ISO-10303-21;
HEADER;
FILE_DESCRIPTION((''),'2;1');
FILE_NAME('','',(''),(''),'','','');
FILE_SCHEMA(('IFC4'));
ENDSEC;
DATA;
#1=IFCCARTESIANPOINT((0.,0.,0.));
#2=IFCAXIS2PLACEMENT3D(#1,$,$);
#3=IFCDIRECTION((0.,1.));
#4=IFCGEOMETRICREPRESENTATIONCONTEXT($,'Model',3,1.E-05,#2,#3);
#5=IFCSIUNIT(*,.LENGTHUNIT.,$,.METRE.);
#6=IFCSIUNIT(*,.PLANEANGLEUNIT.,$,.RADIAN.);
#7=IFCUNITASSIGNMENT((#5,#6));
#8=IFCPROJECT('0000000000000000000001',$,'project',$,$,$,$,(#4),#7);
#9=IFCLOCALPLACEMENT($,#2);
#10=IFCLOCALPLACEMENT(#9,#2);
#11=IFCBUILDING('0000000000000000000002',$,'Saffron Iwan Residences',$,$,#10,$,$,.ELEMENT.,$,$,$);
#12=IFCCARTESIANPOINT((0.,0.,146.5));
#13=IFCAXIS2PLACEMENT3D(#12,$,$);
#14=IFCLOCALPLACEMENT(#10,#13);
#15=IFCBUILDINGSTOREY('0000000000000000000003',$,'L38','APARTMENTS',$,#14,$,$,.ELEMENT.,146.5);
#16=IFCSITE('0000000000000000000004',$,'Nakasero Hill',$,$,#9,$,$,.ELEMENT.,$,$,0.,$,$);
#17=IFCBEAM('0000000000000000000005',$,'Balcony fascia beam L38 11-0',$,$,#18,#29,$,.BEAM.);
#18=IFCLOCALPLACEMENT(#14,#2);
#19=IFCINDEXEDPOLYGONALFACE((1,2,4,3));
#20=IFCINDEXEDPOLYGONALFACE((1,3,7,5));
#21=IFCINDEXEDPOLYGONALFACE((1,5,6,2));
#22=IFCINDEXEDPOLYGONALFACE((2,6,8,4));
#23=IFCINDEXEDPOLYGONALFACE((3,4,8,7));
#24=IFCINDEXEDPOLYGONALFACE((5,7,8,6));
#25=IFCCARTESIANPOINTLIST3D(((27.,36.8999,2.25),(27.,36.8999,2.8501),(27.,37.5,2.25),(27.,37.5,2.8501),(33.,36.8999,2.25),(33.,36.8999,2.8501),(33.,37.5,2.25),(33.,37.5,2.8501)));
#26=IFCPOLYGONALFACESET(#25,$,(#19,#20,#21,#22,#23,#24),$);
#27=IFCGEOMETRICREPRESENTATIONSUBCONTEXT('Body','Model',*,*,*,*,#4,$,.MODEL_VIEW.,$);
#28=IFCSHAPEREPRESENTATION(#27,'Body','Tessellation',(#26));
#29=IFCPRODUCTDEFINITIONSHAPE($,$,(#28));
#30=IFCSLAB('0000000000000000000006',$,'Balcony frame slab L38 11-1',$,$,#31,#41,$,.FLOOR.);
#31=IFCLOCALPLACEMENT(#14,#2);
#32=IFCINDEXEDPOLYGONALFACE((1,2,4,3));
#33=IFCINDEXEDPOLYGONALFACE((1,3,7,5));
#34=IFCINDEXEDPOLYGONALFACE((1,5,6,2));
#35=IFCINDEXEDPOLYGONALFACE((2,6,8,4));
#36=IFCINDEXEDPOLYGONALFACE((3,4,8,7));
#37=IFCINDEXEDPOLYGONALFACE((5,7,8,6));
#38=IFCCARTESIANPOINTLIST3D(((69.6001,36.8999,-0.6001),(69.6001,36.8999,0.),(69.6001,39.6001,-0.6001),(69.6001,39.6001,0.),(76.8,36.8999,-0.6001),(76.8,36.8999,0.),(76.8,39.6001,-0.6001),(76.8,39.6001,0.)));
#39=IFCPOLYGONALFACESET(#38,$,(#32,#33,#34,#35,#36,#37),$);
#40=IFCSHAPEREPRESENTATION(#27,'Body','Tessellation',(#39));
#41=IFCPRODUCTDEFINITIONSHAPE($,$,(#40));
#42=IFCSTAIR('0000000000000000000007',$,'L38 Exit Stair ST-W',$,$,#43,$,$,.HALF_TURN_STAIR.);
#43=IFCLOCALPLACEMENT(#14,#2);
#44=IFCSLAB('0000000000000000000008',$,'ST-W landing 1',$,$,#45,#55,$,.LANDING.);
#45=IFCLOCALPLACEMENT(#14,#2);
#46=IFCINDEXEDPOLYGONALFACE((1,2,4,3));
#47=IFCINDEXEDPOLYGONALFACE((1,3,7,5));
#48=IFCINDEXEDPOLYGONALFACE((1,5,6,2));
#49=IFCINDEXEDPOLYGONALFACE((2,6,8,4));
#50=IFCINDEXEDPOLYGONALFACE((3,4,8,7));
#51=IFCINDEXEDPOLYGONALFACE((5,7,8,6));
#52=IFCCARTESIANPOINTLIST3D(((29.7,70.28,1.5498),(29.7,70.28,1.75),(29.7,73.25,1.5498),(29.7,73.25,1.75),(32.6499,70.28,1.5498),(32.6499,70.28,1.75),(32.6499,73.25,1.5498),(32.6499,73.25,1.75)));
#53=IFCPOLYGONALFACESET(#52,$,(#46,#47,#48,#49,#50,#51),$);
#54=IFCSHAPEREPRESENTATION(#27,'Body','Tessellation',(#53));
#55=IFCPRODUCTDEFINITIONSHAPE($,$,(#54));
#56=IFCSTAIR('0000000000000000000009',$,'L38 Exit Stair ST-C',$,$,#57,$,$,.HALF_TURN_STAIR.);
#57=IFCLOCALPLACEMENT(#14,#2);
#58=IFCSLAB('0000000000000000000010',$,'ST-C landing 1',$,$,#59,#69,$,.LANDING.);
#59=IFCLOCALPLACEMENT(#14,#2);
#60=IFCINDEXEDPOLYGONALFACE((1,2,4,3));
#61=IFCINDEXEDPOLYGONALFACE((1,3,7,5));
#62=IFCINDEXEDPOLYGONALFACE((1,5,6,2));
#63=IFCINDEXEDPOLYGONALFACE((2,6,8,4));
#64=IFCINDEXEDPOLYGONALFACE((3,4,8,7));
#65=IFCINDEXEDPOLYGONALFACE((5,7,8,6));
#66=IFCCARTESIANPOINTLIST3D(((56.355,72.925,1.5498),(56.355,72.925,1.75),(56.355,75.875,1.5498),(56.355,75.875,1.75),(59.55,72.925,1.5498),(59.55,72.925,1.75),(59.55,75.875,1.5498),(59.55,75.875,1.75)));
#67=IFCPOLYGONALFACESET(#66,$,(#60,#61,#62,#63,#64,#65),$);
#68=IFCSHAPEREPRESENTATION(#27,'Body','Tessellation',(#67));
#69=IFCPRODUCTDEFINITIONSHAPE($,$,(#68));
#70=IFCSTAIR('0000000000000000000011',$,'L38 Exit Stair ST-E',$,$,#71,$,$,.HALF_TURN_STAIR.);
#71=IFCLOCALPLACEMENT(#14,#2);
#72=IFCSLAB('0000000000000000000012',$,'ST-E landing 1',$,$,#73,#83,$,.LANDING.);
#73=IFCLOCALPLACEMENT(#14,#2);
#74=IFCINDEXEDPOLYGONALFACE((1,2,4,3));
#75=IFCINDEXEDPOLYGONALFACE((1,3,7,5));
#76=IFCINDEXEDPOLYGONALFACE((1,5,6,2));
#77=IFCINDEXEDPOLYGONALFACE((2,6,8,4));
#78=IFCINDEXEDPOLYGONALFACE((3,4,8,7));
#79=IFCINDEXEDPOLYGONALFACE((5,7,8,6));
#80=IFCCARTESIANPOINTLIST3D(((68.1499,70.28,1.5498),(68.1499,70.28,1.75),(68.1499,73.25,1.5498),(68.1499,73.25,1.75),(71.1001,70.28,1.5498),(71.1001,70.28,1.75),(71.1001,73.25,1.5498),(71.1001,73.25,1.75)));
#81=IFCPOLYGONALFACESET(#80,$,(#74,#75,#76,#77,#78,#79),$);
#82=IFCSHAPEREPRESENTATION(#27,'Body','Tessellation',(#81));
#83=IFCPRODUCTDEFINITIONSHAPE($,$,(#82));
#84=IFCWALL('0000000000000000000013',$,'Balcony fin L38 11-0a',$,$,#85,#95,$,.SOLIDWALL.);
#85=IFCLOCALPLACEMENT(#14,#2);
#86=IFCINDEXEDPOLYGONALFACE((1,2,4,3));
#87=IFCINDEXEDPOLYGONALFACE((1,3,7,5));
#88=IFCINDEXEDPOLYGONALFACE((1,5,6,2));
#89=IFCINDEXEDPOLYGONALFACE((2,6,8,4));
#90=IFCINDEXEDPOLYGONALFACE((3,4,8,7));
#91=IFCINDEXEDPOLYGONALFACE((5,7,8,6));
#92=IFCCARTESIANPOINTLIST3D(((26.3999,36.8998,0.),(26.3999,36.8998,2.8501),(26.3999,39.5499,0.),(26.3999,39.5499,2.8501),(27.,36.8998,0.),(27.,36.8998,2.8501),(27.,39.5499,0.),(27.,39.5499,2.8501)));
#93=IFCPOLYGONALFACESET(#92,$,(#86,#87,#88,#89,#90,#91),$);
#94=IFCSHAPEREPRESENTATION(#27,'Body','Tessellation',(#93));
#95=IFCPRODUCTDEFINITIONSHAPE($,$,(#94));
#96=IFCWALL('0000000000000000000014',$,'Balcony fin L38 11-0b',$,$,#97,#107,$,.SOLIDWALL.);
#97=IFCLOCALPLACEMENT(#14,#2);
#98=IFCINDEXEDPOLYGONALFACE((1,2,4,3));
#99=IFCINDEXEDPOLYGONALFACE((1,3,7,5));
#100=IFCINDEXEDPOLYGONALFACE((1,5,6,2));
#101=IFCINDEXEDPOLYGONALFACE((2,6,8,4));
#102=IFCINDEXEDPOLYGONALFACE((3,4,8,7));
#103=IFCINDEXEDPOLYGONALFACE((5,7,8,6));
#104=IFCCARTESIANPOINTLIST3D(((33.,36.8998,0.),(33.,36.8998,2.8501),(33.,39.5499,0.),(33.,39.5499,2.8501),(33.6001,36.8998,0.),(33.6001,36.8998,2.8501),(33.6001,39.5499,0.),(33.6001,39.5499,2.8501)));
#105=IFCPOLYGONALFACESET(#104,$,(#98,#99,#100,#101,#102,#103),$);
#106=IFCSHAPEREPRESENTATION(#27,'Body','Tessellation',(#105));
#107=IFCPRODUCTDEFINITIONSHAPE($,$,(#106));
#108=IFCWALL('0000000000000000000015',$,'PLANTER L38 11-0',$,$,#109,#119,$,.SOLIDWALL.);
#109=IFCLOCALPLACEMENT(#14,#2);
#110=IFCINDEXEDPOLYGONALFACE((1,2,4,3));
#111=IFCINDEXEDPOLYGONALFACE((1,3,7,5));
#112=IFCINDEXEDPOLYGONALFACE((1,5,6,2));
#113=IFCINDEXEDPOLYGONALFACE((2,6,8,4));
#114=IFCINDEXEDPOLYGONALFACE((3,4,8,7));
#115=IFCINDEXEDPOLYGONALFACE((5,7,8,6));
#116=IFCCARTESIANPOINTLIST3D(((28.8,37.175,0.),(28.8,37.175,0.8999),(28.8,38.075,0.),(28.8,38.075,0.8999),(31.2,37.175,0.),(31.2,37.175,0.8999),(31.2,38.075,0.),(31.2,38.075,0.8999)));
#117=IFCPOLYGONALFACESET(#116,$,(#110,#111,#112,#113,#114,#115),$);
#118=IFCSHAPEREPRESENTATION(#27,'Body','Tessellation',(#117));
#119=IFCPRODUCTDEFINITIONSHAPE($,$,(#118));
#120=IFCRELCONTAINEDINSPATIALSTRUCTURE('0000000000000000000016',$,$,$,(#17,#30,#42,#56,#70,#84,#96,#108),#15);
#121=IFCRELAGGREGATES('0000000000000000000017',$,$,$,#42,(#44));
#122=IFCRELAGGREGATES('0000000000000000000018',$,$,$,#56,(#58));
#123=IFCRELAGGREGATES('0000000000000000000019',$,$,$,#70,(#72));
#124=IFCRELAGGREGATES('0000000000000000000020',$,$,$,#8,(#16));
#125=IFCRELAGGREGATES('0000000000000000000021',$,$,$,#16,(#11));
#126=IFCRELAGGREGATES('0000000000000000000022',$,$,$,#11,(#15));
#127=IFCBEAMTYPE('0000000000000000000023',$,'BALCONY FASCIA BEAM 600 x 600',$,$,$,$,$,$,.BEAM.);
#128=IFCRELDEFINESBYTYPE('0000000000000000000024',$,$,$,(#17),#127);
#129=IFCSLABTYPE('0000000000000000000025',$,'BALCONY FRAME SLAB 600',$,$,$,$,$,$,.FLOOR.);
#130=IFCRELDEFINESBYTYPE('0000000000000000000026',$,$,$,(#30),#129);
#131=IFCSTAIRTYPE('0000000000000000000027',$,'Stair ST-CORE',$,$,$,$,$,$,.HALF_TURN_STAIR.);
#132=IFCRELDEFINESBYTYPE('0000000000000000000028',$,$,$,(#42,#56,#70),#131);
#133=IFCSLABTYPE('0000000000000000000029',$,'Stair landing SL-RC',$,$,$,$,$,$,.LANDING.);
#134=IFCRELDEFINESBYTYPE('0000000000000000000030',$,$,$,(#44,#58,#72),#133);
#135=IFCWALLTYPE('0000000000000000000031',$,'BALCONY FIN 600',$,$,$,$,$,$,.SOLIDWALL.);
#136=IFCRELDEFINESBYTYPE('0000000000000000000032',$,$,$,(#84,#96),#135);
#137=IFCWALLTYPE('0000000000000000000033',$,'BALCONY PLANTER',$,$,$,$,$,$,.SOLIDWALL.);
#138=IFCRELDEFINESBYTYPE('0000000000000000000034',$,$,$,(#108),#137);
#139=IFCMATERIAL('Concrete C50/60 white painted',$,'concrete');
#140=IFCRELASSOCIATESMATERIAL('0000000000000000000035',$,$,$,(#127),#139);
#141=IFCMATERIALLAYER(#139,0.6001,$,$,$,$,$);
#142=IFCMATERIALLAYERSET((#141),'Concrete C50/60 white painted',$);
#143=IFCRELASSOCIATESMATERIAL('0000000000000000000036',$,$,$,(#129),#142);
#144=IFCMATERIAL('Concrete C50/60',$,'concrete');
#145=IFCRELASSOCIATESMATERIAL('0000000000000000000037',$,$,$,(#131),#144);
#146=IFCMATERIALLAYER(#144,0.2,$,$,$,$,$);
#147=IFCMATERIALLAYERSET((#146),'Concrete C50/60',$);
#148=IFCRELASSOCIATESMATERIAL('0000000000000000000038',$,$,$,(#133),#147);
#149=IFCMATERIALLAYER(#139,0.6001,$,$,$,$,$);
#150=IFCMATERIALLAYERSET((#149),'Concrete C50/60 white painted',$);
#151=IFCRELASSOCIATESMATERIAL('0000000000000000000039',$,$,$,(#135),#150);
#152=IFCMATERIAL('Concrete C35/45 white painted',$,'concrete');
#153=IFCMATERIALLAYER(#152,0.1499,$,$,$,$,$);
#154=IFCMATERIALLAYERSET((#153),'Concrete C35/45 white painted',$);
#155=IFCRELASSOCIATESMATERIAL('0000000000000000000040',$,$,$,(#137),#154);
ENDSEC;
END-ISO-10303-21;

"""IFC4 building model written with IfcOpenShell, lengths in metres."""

from ifc_helpers import new_model, si_unit, direction, frame, frame_2d, origin, origin_2d, place, context, subcontext, project, spatial, polyline, rectangle, outline, extrude, source, transform, mapped, material, layer, layer_set, material_profile, profile_set, type_object, element, aggregate, save


model = new_model("IFC4")

# Units and contexts
model_context = context("Model", 3, precision=1e-05, world=origin(), true_north=direction((0.0, 1.0)))
body_context = subcontext(model_context, "Body", "Model", "MODEL_VIEW")
ifc_project = project(units=[si_unit("LENGTHUNIT", "METRE"), si_unit("PLANEANGLEUNIT", "RADIAN")], contexts=[model_context])

# Site, building, storey
site_placement = place(None, origin())
site = spatial("IfcSite", under=ifc_project, at=site_placement, Name="Nakasero Hill", CompositionType="ELEMENT", RefElevation=0.0)
building_placement = place(site_placement, origin())
building = spatial("IfcBuilding", under=site, at=building_placement, Name="Saffron Iwan Residences", CompositionType="ELEMENT")
storey_placement = place(building_placement, frame((0.0, 0.0, 146.5)))
storey = spatial("IfcBuildingStorey", under=building, at=storey_placement, Name="L38", Description="APARTMENTS", CompositionType="ELEMENT", Elevation=146.5)

# Beam
ifc_material_1 = material(Name="Concrete C50/60 white painted", Category="concrete")
ifc_material_profile = material_profile(ifc_material_1, rectangle(XDim=0.6001, YDim=0.6001, at=origin_2d()), Name="BALCONY FASCIA BEAM 600 x 600")
ifc_profile_set = profile_set([ifc_material_profile], Name="Concrete C50/60 white painted")
beam_type = type_object("IfcBeamType", Name="BALCONY FASCIA BEAM 600 x 600", PredefinedType="BEAM", material=ifc_profile_set)
shared_shape = source(origin(), body_context, "Body", "SweptSolid", [
    extrude(rectangle(XDim=0.6001, YDim=0.6001, at=origin_2d()), origin(), (0.0, 0.0, 1.0), 6.0),
])
beam_placement = place(storey_placement, frame((27.0, 37.2, 2.55), z_axis=(1.0, 0.0, 0.0), x_axis=(0.0, 1.0, 0.0)))
element("IfcBeam", 1, at=beam_placement, inside=storey, type_object=beam_type, Name="Balcony fascia beam L38 11-0", PredefinedType="BEAM", context=body_context, shape_type="MappedRepresentation", body=[
    mapped(shared_shape, transform((0.0, 0.0, 0.0))),
])

# Slab
ifc_layer_1 = layer(ifc_material_1, 0.6001)
ifc_layer_set_1 = layer_set([ifc_layer_1], Name="Concrete C50/60 white painted")
slab_type_1 = type_object("IfcSlabType", Name="BALCONY FRAME SLAB 600", PredefinedType="FLOOR", material=ifc_layer_set_1)
slab_1_placement = place(storey_placement, frame((0.0, 0.0, -0.6001)))
element("IfcSlab", 2, at=slab_1_placement, inside=storey, type_object=slab_type_1, Name="Balcony frame slab L38 11-1", PredefinedType="FLOOR", context=body_context, shape_type="SweptSolid", body=[
    extrude(outline(polyline([(69.6001, 36.8999), (76.8, 36.8999), (76.8, 39.6001), (69.6001, 39.6001), (69.6001, 36.8999)])), origin(), (0.0, 0.0, 1.0), 0.6001),
])

# Stairs, slabs
ifc_material_2 = material(Name="Concrete C50/60", Category="concrete")
stair_type = type_object("IfcStairType", Name="Stair ST-CORE", PredefinedType="HALF_TURN_STAIR", material=ifc_material_2)
stair_1_placement = place(storey_placement, origin())
stair_1 = element("IfcStair", 3, at=stair_1_placement, inside=storey, type_object=stair_type, Name="L38 Exit Stair ST-W", PredefinedType="HALF_TURN_STAIR")
ifc_layer_2 = layer(ifc_material_2, 0.2)
ifc_layer_set_2 = layer_set([ifc_layer_2], Name="Concrete C50/60")
slab_type_2 = type_object("IfcSlabType", Name="Stair landing SL-RC", PredefinedType="LANDING", material=ifc_layer_set_2)
slab_2_placement = place(storey_placement, frame((0.0, 0.0, 1.5498)))
slab_2 = element("IfcSlab", 4, at=slab_2_placement, type_object=slab_type_2, Name="ST-W landing 1", PredefinedType="LANDING", context=body_context, shape_type="SweptSolid", body=[
    extrude(outline(polyline([(32.6499, 70.28), (32.6499, 73.25), (29.7, 73.25), (29.7, 70.28), (32.6499, 70.28)])), origin(), (0.0, 0.0, 1.0), 0.2002),
])
aggregate(stair_1, [slab_2])
stair_2_placement = place(storey_placement, origin())
stair_2 = element("IfcStair", 5, at=stair_2_placement, inside=storey, type_object=stair_type, Name="L38 Exit Stair ST-C", PredefinedType="HALF_TURN_STAIR")
slab_3_placement = place(storey_placement, frame((0.0, 0.0, 1.5498)))
slab_3 = element("IfcSlab", 6, at=slab_3_placement, type_object=slab_type_2, Name="ST-C landing 1", PredefinedType="LANDING", context=body_context, shape_type="SweptSolid", body=[
    extrude(outline(polyline([(56.355, 72.925), (59.55, 72.925), (59.55, 75.875), (56.355, 75.875), (56.355, 72.925)])), origin(), (0.0, 0.0, 1.0), 0.2002),
])
aggregate(stair_2, [slab_3])
stair_3_placement = place(storey_placement, origin())
stair_3 = element("IfcStair", 7, at=stair_3_placement, inside=storey, type_object=stair_type, Name="L38 Exit Stair ST-E", PredefinedType="HALF_TURN_STAIR")
slab_4_placement = place(storey_placement, frame((0.0, 0.0, 1.5498)))
slab_4 = element("IfcSlab", 8, at=slab_4_placement, type_object=slab_type_2, Name="ST-E landing 1", PredefinedType="LANDING", context=body_context, shape_type="SweptSolid", body=[
    extrude(outline(polyline([(71.1001, 70.28), (71.1001, 73.25), (68.1499, 73.25), (68.1499, 70.28), (71.1001, 70.28)])), origin(), (0.0, 0.0, 1.0), 0.2002),
])
aggregate(stair_3, [slab_4])

# Walls
ifc_layer_3 = layer(ifc_material_1, 0.6001)
ifc_layer_set_3 = layer_set([ifc_layer_3], Name="Concrete C50/60 white painted")
wall_type_1 = type_object("IfcWallType", Name="BALCONY FIN 600", PredefinedType="SOLIDWALL", material=ifc_layer_set_3)
for number, where, z_axis, x_axis, name in (
    (9, (26.7, 39.55, 0.0), (0.0, 0.0, 1.0), (0.0, -1.0, 0.0), "Balcony fin L38 11-0a"),
    (10, (33.3, 39.55, 0.0), (0.0, 0.0, 1.0), (0.0, -1.0, 0.0), "Balcony fin L38 11-0b"),
):
    element("IfcWall", number, at=place(storey_placement, frame(where, z_axis=z_axis, x_axis=x_axis)), inside=storey, type_object=wall_type_1, Name=name, PredefinedType="SOLIDWALL", context=body_context, shape_type="SweptSolid", body=[
        extrude(rectangle(XDim=2.6501, YDim=0.6001, at=frame_2d((1.3252, 0.0))), origin(), (0.0, 0.0, 1.0), 2.8501),
    ])
ifc_material_3 = material(Name="Concrete C35/45 white painted", Category="concrete")
ifc_layer_4 = layer(ifc_material_3, 0.1499)
ifc_layer_set_4 = layer_set([ifc_layer_4], Name="Concrete C35/45 white painted")
wall_type_2 = type_object("IfcWallType", Name="BALCONY PLANTER", PredefinedType="SOLIDWALL", material=ifc_layer_set_4)
wall_1_placement = place(storey_placement, frame((28.8, 37.625, 0.0), z_axis=(0.0, 0.0, 1.0), x_axis=(1.0, 0.0, 0.0)))
element("IfcWall", 11, at=wall_1_placement, inside=storey, type_object=wall_type_2, Name="PLANTER L38 11-0", PredefinedType="SOLIDWALL", context=body_context, shape_type="SweptSolid", body=[
    extrude(rectangle(XDim=2.3999, YDim=0.8999, at=frame_2d((1.2, 0.0))), origin(), (0.0, 0.0, 1.0), 0.8999),
])

save(model, "model.ifc")
